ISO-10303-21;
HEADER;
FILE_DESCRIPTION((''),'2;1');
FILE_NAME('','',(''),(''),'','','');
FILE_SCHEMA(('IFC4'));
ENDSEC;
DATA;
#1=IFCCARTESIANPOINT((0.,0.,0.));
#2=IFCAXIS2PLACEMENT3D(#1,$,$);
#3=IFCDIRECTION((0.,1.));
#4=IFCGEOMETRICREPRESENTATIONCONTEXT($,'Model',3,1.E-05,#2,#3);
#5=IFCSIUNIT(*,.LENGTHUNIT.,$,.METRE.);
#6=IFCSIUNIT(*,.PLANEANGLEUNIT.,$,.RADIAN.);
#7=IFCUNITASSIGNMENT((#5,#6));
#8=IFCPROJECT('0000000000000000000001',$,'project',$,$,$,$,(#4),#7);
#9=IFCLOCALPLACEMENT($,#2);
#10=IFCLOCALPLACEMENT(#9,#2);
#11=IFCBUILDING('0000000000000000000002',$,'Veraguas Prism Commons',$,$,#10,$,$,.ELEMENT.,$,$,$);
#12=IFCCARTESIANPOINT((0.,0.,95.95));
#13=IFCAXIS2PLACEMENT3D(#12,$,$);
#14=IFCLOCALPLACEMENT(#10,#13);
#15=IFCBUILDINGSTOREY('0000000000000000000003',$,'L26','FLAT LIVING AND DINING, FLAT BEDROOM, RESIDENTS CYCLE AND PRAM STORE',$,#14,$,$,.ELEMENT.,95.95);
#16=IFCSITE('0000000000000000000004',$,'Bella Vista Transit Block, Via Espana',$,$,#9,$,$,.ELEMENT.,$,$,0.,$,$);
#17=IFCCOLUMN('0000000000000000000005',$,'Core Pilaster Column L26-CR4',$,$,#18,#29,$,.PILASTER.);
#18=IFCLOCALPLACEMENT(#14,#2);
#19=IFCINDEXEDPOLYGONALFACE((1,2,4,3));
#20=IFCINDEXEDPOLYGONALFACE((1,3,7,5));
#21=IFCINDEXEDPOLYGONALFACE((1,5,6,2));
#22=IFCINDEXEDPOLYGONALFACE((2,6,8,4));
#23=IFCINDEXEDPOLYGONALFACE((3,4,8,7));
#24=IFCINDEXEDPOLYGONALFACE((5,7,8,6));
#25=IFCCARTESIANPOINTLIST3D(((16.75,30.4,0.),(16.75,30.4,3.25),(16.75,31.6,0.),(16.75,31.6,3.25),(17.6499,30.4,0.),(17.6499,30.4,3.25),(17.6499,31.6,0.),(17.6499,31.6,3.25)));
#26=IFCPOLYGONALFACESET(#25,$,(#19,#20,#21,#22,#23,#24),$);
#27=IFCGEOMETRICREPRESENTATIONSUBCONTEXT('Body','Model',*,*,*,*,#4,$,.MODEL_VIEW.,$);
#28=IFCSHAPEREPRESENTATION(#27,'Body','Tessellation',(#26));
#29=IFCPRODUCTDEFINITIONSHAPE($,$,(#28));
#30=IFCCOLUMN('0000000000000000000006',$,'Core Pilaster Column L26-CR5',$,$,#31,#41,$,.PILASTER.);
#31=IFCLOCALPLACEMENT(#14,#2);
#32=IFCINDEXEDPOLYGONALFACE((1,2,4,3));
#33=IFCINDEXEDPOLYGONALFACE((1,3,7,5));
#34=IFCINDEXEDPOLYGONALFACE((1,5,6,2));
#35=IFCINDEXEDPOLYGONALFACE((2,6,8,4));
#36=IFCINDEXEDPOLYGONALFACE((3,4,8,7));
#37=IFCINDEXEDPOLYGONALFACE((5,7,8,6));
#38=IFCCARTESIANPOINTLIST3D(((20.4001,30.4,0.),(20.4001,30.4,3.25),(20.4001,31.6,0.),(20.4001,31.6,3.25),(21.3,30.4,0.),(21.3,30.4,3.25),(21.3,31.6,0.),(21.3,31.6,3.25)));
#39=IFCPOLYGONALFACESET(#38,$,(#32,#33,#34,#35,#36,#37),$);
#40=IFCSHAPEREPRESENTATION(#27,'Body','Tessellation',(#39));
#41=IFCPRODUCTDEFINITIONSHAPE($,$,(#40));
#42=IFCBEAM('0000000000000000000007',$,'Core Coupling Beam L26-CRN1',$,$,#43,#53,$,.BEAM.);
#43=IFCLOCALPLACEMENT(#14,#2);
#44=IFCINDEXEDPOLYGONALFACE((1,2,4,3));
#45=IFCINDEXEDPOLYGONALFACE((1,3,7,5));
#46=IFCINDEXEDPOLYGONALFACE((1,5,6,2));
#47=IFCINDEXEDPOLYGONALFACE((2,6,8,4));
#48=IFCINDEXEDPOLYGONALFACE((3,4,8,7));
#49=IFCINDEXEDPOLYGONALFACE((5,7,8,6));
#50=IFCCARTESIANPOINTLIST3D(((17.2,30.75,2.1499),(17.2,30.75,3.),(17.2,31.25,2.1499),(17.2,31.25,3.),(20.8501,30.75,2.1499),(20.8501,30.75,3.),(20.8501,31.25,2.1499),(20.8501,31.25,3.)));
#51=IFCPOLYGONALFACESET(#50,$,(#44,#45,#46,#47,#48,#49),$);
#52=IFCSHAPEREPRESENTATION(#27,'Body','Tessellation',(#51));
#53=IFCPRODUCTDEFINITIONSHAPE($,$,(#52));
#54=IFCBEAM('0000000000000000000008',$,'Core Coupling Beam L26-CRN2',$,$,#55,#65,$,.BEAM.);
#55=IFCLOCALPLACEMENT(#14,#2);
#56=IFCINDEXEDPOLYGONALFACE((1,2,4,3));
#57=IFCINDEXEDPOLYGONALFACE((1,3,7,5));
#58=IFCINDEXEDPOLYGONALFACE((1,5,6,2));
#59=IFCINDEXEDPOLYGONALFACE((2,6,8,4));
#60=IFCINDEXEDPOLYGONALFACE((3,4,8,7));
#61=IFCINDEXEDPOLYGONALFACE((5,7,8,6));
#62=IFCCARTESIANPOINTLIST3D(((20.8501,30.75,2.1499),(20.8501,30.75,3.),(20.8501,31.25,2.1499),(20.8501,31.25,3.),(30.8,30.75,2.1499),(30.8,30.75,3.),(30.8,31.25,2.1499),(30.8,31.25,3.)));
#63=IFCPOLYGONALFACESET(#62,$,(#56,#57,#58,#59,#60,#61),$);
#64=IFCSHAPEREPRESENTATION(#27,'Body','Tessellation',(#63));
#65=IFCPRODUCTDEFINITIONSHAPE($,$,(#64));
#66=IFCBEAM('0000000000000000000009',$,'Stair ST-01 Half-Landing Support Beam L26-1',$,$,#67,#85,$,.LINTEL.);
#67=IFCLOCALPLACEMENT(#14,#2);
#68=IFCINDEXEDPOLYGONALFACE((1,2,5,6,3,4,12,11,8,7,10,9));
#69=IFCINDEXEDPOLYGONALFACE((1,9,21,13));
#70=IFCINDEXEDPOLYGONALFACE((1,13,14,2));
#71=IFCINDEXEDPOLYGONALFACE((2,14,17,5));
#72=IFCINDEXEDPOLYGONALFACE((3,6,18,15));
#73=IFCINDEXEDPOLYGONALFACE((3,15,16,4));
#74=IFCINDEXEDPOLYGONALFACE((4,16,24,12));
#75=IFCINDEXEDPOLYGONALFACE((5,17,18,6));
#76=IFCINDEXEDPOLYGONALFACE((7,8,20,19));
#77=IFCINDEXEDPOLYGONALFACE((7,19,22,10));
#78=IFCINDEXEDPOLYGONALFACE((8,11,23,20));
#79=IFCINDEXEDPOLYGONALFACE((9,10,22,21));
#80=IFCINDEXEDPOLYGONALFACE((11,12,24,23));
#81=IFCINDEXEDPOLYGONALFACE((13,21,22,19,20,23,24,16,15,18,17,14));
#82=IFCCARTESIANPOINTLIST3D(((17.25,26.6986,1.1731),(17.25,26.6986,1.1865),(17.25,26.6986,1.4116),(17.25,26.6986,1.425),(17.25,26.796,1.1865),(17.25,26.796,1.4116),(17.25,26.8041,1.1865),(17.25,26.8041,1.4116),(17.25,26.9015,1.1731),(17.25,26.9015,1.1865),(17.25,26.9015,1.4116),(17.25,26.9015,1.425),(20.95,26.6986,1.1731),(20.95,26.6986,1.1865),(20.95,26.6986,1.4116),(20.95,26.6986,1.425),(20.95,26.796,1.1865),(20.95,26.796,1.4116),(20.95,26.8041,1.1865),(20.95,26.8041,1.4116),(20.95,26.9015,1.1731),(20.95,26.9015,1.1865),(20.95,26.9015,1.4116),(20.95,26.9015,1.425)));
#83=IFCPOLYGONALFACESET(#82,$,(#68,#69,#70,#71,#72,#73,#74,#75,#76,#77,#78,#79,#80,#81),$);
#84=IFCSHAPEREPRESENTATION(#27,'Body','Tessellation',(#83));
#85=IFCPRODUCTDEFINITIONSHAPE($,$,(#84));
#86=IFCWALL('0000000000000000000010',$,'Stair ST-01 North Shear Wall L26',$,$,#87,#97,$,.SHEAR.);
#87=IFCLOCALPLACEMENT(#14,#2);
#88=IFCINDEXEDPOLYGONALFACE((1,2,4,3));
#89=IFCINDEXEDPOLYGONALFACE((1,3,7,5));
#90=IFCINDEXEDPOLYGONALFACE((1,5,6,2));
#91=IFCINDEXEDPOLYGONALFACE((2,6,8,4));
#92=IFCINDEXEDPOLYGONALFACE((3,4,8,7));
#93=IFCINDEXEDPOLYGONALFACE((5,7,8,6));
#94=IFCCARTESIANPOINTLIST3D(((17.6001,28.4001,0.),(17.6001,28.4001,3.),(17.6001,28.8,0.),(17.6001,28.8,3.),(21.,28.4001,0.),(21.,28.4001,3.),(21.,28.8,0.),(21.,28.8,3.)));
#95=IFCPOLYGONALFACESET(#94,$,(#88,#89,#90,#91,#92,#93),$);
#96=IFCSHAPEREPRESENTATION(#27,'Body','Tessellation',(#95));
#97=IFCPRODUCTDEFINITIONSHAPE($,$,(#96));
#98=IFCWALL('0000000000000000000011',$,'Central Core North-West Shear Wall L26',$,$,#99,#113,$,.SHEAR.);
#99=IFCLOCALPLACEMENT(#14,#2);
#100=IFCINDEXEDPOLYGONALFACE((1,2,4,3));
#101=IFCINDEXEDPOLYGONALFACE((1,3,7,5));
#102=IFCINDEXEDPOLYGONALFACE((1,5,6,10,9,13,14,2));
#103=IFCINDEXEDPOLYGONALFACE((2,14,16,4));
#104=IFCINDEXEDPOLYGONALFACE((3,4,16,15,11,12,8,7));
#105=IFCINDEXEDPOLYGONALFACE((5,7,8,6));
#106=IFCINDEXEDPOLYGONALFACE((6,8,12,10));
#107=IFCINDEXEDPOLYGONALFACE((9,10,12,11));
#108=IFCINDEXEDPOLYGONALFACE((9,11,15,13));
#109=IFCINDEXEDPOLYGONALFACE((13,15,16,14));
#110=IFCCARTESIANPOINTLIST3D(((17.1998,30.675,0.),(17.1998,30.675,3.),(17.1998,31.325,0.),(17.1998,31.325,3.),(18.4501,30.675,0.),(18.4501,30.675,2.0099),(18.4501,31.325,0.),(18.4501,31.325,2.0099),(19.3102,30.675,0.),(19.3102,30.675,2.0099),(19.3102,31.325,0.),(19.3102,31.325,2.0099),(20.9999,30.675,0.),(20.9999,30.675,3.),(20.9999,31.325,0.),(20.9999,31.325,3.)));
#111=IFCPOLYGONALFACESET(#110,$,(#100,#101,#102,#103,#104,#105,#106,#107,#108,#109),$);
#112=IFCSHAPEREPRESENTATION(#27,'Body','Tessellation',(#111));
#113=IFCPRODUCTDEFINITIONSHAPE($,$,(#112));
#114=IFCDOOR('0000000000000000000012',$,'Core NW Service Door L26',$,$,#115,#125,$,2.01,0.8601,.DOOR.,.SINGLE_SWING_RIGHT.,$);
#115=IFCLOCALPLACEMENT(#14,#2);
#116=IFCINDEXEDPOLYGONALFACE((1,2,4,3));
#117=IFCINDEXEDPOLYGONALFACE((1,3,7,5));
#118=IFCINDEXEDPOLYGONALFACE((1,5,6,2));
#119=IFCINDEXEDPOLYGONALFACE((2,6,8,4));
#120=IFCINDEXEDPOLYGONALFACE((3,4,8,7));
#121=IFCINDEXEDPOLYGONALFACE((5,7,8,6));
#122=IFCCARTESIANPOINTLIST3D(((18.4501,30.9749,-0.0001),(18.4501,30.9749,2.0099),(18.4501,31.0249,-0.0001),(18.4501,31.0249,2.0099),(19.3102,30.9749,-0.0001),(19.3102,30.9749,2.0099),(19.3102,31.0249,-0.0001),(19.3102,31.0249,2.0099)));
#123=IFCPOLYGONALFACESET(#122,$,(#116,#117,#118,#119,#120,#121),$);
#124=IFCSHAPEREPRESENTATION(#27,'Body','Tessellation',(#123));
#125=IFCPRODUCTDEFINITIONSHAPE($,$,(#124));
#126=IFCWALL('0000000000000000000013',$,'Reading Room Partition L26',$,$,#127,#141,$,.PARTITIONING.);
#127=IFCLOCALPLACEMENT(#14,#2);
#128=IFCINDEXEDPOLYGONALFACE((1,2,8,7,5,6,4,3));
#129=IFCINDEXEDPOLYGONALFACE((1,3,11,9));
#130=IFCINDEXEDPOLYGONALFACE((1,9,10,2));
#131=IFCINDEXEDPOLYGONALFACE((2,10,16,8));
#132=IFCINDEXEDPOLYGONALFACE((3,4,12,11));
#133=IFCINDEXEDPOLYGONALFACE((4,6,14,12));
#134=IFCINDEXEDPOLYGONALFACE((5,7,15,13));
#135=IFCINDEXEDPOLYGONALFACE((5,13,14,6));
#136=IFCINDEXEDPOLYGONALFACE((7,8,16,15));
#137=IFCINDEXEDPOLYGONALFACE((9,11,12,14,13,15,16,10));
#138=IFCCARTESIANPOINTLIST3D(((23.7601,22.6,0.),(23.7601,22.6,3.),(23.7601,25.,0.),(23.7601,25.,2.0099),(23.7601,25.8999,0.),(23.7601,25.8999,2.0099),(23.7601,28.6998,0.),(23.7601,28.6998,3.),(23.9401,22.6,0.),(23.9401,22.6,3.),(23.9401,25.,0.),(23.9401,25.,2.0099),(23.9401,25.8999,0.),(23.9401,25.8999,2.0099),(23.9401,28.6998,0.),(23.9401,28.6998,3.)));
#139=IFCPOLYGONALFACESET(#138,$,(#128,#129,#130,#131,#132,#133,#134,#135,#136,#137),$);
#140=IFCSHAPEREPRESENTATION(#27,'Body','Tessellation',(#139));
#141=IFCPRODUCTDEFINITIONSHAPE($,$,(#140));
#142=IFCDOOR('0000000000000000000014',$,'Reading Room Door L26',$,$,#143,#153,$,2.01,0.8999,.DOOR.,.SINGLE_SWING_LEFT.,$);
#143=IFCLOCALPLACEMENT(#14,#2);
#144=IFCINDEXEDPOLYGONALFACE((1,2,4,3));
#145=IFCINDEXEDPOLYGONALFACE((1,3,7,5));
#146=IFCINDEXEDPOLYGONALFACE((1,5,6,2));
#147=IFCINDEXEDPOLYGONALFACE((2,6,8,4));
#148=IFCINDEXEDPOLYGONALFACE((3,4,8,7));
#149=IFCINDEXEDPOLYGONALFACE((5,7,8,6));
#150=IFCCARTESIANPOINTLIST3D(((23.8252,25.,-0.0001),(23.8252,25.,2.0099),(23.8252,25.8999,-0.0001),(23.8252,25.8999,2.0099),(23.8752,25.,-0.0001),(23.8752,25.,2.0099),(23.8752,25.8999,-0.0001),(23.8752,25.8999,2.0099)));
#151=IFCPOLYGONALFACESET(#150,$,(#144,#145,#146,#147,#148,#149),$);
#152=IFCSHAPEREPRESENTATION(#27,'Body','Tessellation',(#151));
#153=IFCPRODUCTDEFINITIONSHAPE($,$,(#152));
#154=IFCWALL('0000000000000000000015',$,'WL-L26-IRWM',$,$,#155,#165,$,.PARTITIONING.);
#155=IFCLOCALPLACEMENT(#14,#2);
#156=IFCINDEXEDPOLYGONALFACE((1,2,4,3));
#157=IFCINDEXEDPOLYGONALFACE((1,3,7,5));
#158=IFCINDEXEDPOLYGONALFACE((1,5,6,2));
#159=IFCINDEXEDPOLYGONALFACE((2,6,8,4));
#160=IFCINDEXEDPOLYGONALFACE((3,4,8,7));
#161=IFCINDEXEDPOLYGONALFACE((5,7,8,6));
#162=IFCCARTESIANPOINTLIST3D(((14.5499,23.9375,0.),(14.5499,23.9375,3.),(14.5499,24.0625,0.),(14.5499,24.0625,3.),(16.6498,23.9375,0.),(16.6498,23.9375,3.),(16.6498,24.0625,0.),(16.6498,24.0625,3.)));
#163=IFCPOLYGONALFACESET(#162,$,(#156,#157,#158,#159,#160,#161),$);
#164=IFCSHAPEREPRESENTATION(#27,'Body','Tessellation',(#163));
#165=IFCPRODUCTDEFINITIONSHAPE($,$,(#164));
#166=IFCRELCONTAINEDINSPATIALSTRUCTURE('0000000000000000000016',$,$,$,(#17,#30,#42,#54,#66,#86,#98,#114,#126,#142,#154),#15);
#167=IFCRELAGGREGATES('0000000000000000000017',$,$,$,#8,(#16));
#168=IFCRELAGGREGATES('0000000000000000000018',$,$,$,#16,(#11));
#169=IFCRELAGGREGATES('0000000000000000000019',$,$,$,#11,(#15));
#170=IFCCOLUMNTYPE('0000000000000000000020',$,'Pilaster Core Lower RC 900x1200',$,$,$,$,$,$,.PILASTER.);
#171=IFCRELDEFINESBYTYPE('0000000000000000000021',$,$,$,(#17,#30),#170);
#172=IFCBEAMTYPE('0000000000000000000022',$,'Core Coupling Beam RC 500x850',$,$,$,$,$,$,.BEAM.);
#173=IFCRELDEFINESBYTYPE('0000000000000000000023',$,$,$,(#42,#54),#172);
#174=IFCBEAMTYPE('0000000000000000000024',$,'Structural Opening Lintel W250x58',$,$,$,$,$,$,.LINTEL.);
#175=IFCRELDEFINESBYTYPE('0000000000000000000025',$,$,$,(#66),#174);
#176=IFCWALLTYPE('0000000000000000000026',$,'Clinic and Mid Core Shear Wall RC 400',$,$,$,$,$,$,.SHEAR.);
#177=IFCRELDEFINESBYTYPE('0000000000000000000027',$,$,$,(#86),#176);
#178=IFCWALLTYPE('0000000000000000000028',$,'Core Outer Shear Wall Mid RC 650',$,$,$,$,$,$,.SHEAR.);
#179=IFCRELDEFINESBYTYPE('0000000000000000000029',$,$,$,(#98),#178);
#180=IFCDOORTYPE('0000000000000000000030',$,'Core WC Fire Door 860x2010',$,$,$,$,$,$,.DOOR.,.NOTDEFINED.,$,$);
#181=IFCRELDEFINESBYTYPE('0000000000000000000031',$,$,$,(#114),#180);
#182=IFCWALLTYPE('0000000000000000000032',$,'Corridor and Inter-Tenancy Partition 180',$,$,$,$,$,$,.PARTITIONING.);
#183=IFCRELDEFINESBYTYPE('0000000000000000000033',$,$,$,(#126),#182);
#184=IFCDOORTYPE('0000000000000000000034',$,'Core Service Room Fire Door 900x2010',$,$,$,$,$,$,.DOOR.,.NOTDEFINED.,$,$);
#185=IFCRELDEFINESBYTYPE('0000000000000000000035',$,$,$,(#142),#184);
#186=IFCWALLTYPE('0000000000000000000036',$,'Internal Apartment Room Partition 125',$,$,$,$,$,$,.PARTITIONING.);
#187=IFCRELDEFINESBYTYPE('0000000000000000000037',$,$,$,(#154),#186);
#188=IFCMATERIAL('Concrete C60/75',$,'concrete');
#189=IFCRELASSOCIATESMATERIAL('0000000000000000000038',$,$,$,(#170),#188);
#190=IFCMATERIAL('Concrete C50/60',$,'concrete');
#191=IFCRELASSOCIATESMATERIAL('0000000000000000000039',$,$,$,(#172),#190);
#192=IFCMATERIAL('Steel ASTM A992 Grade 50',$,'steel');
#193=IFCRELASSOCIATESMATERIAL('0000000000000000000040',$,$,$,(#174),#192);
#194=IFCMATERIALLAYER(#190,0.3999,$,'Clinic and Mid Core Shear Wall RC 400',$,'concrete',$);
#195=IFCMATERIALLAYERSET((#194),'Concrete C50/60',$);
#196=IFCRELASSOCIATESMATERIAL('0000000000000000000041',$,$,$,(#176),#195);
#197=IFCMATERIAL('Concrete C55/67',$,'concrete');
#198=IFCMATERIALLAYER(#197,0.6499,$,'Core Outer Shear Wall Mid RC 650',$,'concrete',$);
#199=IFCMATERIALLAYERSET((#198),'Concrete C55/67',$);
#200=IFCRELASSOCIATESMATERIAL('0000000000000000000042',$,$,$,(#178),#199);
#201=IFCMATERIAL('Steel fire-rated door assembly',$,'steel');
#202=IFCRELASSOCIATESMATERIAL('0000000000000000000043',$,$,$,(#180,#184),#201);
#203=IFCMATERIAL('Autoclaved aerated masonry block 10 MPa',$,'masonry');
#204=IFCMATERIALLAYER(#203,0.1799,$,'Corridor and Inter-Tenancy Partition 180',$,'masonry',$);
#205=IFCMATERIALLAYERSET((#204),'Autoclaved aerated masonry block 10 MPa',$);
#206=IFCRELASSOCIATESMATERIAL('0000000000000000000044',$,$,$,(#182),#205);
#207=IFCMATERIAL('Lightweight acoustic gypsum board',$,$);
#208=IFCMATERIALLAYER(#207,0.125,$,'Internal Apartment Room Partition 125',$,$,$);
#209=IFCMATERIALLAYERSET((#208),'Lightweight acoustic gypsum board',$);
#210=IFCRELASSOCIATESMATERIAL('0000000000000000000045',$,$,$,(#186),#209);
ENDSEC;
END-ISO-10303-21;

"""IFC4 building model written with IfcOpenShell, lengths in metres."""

from ifc_helpers import new_model, si_unit, direction, frame, frame_2d, origin, origin_2d, place, context, subcontext, project, spatial, rectangle, i_section, extrude, source, transform, mapped, material, layer, layer_set, material_profile, profile_set, type_object, element, fill, save


model = new_model("IFC4")

# Units and contexts
model_context = context("Model", 3, precision=1e-05, world=origin(), true_north=direction((0.0, 1.0)))
body_context = subcontext(model_context, "Body", "Model", "MODEL_VIEW")
ifc_project = project(units=[si_unit("LENGTHUNIT", "METRE"), si_unit("PLANEANGLEUNIT", "RADIAN")], contexts=[model_context])

# Site, building, storey
site_placement = place(None, origin())
site = spatial("IfcSite", under=ifc_project, at=site_placement, Name="Bella Vista Transit Block, Via Espana", CompositionType="ELEMENT", RefElevation=0.0)
building_placement = place(site_placement, origin())
building = spatial("IfcBuilding", under=site, at=building_placement, Name="Veraguas Prism Commons", CompositionType="ELEMENT")
storey_placement = place(building_placement, frame((0.0, 0.0, 95.95)))
storey = spatial("IfcBuildingStorey", under=building, at=storey_placement, Name="L26", Description="FLAT LIVING AND DINING, FLAT BEDROOM, RESIDENTS CYCLE AND PRAM STORE", CompositionType="ELEMENT", Elevation=95.95)

# Columns
ifc_material_1 = material(Name="Concrete C60/75", Category="concrete")
ifc_material_profile_1 = material_profile(ifc_material_1, rectangle(XDim=0.8999, YDim=1.2, at=origin_2d()), Name="RC900X1200")
ifc_profile_set_1 = profile_set([ifc_material_profile_1], Name="Concrete C60/75")
column_type = type_object("IfcColumnType", Name="Pilaster Core Lower RC 900x1200", PredefinedType="PILASTER", material=ifc_profile_set_1)
for number, where, z_axis, x_axis, name in (
    (1, (17.2, 31.0, 0.0), (0.0, 0.0, 1.0), (1.0, 0.0, 0.0), "Core Pilaster Column L26-CR4"),
    (2, (20.8501, 31.0, 0.0), (0.0, 0.0, 1.0), (1.0, 0.0, 0.0), "Core Pilaster Column L26-CR5"),
):
    element("IfcColumn", number, at=place(storey_placement, frame(where, z_axis=z_axis, x_axis=x_axis)), inside=storey, type_object=column_type, Name=name, PredefinedType="PILASTER", context=body_context, shape_type="SweptSolid", body=[
        extrude(rectangle(XDim=0.8999, YDim=1.2, at=origin_2d()), origin(), (0.0, 0.0, 1.0), 3.25),
    ])

# Beams
ifc_material_2 = material(Name="Concrete C50/60", Category="concrete")
ifc_material_profile_2 = material_profile(ifc_material_2, rectangle(XDim=0.5, YDim=0.8501, at=origin_2d()), Name="RC500X850")
ifc_profile_set_2 = profile_set([ifc_material_profile_2], Name="Concrete C50/60")
beam_type_1 = type_object("IfcBeamType", Name="Core Coupling Beam RC 500x850", PredefinedType="BEAM", material=ifc_profile_set_2)
beam_1_placement = place(storey_placement, frame((17.2, 31.0, 2.575), z_axis=(1.0, 0.0, 0.0), x_axis=(0.0, 1.0, 0.0)))
element("IfcBeam", 3, at=beam_1_placement, inside=storey, type_object=beam_type_1, Name="Core Coupling Beam L26-CRN1", PredefinedType="BEAM", context=body_context, shape_type="SweptSolid", body=[
    extrude(rectangle(XDim=0.5, YDim=0.8501, at=origin_2d()), origin(), (0.0, 0.0, 1.0), 3.6501),
])
beam_2_placement = place(storey_placement, frame((20.8501, 31.0, 2.575), z_axis=(1.0, 0.0, 0.0), x_axis=(0.0, 1.0, 0.0)))
element("IfcBeam", 4, at=beam_2_placement, inside=storey, type_object=beam_type_1, Name="Core Coupling Beam L26-CRN2", PredefinedType="BEAM", context=body_context, shape_type="SweptSolid", body=[
    extrude(rectangle(XDim=0.5, YDim=0.8501, at=origin_2d()), origin(), (0.0, 0.0, 1.0), 9.95),
])
ifc_material_3 = material(Name="Steel ASTM A992 Grade 50", Category="steel")
ifc_material_profile_3 = material_profile(ifc_material_3, i_section(OverallWidth=0.2029, OverallDepth=0.252, WebThickness=0.0081, FlangeThickness=0.0134, at=origin_2d()), Name="W250X58")
ifc_profile_set_3 = profile_set([ifc_material_profile_3], Name="Steel ASTM A992 Grade 50")
beam_type_2 = type_object("IfcBeamType", Name="Structural Opening Lintel W250x58", PredefinedType="LINTEL", material=ifc_profile_set_3)
beam_3_placement = place(storey_placement, frame((17.25, 26.8, 1.2991), z_axis=(1.0, 0.0, 0.0), x_axis=(0.0, 1.0, 0.0)))
element("IfcBeam", 5, at=beam_3_placement, inside=storey, type_object=beam_type_2, Name="Stair ST-01 Half-Landing Support Beam L26-1", PredefinedType="LINTEL", context=body_context, shape_type="SweptSolid", body=[
    extrude(i_section(OverallWidth=0.2029, OverallDepth=0.252, WebThickness=0.0081, FlangeThickness=0.0134, at=origin_2d()), origin(), (0.0, 0.0, 1.0), 3.7),
])

# Wall
ifc_layer_1 = layer(ifc_material_2, 0.3999, Name="Clinic and Mid Core Shear Wall RC 400", Category="concrete")
ifc_layer_set_1 = layer_set([ifc_layer_1], Name="Concrete C50/60")
wall_type_1 = type_object("IfcWallType", Name="Clinic and Mid Core Shear Wall RC 400", PredefinedType="SHEAR", material=ifc_layer_set_1)
wall_1_placement = place(storey_placement, frame((17.6001, 28.6001, 0.0), z_axis=(0.0, 0.0, 1.0), x_axis=(1.0, 0.0, 0.0)))
element("IfcWall", 6, at=wall_1_placement, inside=storey, type_object=wall_type_1, Name="Stair ST-01 North Shear Wall L26", PredefinedType="SHEAR", context=body_context, shape_type="SweptSolid", body=[
    extrude(rectangle(XDim=3.3999, YDim=0.3999, at=frame_2d((1.7, 0.0))), origin(), (0.0, 0.0, 1.0), 3.0),
])

# Walls, openings, doors
ifc_material_4 = material(Name="Concrete C55/67", Category="concrete")
ifc_layer_2 = layer(ifc_material_4, 0.6499, Name="Core Outer Shear Wall Mid RC 650", Category="concrete")
ifc_layer_set_2 = layer_set([ifc_layer_2], Name="Concrete C55/67")
wall_type_2 = type_object("IfcWallType", Name="Core Outer Shear Wall Mid RC 650", PredefinedType="SHEAR", material=ifc_layer_set_2)
wall_2_placement = place(storey_placement, frame((17.2, 31.0, 0.0), z_axis=(0.0, 0.0, 1.0), x_axis=(1.0, 0.0, 0.0)))
wall_2 = element("IfcWall", 7, at=wall_2_placement, inside=storey, type_object=wall_type_2, Name="Central Core North-West Shear Wall L26", PredefinedType="SHEAR", context=body_context, shape_type="SweptSolid", body=[
    extrude(rectangle(XDim=3.8, YDim=0.6499, at=frame_2d((1.8999, 0.0))), origin(), (0.0, 0.0, 1.0), 3.0),
])
opening_1_placement = place(wall_2_placement, frame((1.25, 0.0, 0.0)))
opening_1 = element("IfcOpeningElement", 8, at=opening_1_placement, cuts=wall_2, PredefinedType="OPENING", context=body_context, shape_type="SweptSolid", body=[
    extrude(rectangle(XDim=0.8601, YDim=2.01, at=frame_2d((0.4302, 1.0049))), frame((0.0, 0.335, 0.0), z_axis=(0.0, -1.0, 0.0), x_axis=(1.0, 0.0, 0.0)), (0.0, 0.0, 1.0), 0.6699),
])
ifc_material_5 = material(Name="Steel fire-rated door assembly", Category="steel")
door_type_1 = type_object("IfcDoorType", Name="Core WC Fire Door 860x2010", OperationType="NOTDEFINED", PredefinedType="DOOR", material=ifc_material_5)
shared_shape_1 = source(origin(), body_context, "Body", "SweptSolid", [
    extrude(rectangle(XDim=0.8601, YDim=2.01, at=frame_2d((0.4302, 1.0049))), frame((0.0, 0.0249, 0.0), z_axis=(0.0, -1.0, 0.0), x_axis=(1.0, 0.0, 0.0)), (0.0, 0.0, 1.0), 0.05),
])
door_1_placement = place(opening_1_placement, origin())
door_1 = element("IfcDoor", 9, at=door_1_placement, inside=storey, type_object=door_type_1, Name="Core NW Service Door L26", OperationType="SINGLE_SWING_RIGHT", OverallHeight=2.01, OverallWidth=0.8601, PredefinedType="DOOR", context=body_context, shape_type="MappedRepresentation", body=[
    mapped(shared_shape_1, transform((0.0, 0.0, 0.0), scale=1.0)),
])
fill(opening_1, door_1)
ifc_material_6 = material(Name="Autoclaved aerated masonry block 10 MPa", Category="masonry")
ifc_layer_3 = layer(ifc_material_6, 0.1799, Name="Corridor and Inter-Tenancy Partition 180", Category="masonry")
ifc_layer_set_3 = layer_set([ifc_layer_3], Name="Autoclaved aerated masonry block 10 MPa")
wall_type_3 = type_object("IfcWallType", Name="Corridor and Inter-Tenancy Partition 180", PredefinedType="PARTITIONING", material=ifc_layer_set_3)
wall_3_placement = place(storey_placement, frame((23.8501, 22.6001, 0.0), z_axis=(0.0, 0.0, 1.0), x_axis=(0.0, 1.0, 0.0)))
wall_3 = element("IfcWall", 10, at=wall_3_placement, inside=storey, type_object=wall_type_3, Name="Reading Room Partition L26", PredefinedType="PARTITIONING", context=body_context, shape_type="SweptSolid", body=[
    extrude(rectangle(XDim=6.0999, YDim=0.1799, at=frame_2d((3.0498, 0.0))), origin(), (0.0, 0.0, 1.0), 3.0),
])
opening_2_placement = place(wall_3_placement, frame((2.3999, 0.0, 0.0)))
opening_2 = element("IfcOpeningElement", 11, at=opening_2_placement, cuts=wall_3, PredefinedType="OPENING", context=body_context, shape_type="SweptSolid", body=[
    extrude(rectangle(XDim=0.8999, YDim=2.01, at=frame_2d((0.45, 1.0049))), frame((0.0, 0.0999, 0.0), z_axis=(0.0, -1.0, 0.0), x_axis=(1.0, 0.0, 0.0)), (0.0, 0.0, 1.0), 0.2),
])
door_type_2 = type_object("IfcDoorType", Name="Core Service Room Fire Door 900x2010", OperationType="NOTDEFINED", PredefinedType="DOOR", material=ifc_material_5)
shared_shape_2 = source(origin(), body_context, "Body", "SweptSolid", [
    extrude(rectangle(XDim=0.8999, YDim=2.01, at=frame_2d((0.45, 1.0049))), frame((0.0, 0.0249, 0.0), z_axis=(0.0, -1.0, 0.0), x_axis=(1.0, 0.0, 0.0)), (0.0, 0.0, 1.0), 0.05),
])
door_2_placement = place(opening_2_placement, origin())
door_2 = element("IfcDoor", 12, at=door_2_placement, inside=storey, type_object=door_type_2, Name="Reading Room Door L26", OperationType="SINGLE_SWING_LEFT", OverallHeight=2.01, OverallWidth=0.8999, PredefinedType="DOOR", context=body_context, shape_type="MappedRepresentation", body=[
    mapped(shared_shape_2, transform((0.0, 0.0, 0.0), scale=1.0)),
])
fill(opening_2, door_2)

# Wall
ifc_material_7 = material(Name="Lightweight acoustic gypsum board")
ifc_layer_4 = layer(ifc_material_7, 0.125, Name="Internal Apartment Room Partition 125")
ifc_layer_set_4 = layer_set([ifc_layer_4], Name="Lightweight acoustic gypsum board")
wall_type_4 = type_object("IfcWallType", Name="Internal Apartment Room Partition 125", PredefinedType="PARTITIONING", material=ifc_layer_set_4)
wall_4_placement = place(storey_placement, frame((14.55, 24.0, 0.0), z_axis=(0.0, 0.0, 1.0), x_axis=(1.0, 0.0, 0.0)))
element("IfcWall", 13, at=wall_4_placement, inside=storey, type_object=wall_type_4, Name="WL-L26-IRWM", PredefinedType="PARTITIONING", context=body_context, shape_type="SweptSolid", body=[
    extrude(rectangle(XDim=2.0999, YDim=0.125, at=frame_2d((1.0498, 0.0))), origin(), (0.0, 0.0, 1.0), 3.0),
])

save(model, "model.ifc")
